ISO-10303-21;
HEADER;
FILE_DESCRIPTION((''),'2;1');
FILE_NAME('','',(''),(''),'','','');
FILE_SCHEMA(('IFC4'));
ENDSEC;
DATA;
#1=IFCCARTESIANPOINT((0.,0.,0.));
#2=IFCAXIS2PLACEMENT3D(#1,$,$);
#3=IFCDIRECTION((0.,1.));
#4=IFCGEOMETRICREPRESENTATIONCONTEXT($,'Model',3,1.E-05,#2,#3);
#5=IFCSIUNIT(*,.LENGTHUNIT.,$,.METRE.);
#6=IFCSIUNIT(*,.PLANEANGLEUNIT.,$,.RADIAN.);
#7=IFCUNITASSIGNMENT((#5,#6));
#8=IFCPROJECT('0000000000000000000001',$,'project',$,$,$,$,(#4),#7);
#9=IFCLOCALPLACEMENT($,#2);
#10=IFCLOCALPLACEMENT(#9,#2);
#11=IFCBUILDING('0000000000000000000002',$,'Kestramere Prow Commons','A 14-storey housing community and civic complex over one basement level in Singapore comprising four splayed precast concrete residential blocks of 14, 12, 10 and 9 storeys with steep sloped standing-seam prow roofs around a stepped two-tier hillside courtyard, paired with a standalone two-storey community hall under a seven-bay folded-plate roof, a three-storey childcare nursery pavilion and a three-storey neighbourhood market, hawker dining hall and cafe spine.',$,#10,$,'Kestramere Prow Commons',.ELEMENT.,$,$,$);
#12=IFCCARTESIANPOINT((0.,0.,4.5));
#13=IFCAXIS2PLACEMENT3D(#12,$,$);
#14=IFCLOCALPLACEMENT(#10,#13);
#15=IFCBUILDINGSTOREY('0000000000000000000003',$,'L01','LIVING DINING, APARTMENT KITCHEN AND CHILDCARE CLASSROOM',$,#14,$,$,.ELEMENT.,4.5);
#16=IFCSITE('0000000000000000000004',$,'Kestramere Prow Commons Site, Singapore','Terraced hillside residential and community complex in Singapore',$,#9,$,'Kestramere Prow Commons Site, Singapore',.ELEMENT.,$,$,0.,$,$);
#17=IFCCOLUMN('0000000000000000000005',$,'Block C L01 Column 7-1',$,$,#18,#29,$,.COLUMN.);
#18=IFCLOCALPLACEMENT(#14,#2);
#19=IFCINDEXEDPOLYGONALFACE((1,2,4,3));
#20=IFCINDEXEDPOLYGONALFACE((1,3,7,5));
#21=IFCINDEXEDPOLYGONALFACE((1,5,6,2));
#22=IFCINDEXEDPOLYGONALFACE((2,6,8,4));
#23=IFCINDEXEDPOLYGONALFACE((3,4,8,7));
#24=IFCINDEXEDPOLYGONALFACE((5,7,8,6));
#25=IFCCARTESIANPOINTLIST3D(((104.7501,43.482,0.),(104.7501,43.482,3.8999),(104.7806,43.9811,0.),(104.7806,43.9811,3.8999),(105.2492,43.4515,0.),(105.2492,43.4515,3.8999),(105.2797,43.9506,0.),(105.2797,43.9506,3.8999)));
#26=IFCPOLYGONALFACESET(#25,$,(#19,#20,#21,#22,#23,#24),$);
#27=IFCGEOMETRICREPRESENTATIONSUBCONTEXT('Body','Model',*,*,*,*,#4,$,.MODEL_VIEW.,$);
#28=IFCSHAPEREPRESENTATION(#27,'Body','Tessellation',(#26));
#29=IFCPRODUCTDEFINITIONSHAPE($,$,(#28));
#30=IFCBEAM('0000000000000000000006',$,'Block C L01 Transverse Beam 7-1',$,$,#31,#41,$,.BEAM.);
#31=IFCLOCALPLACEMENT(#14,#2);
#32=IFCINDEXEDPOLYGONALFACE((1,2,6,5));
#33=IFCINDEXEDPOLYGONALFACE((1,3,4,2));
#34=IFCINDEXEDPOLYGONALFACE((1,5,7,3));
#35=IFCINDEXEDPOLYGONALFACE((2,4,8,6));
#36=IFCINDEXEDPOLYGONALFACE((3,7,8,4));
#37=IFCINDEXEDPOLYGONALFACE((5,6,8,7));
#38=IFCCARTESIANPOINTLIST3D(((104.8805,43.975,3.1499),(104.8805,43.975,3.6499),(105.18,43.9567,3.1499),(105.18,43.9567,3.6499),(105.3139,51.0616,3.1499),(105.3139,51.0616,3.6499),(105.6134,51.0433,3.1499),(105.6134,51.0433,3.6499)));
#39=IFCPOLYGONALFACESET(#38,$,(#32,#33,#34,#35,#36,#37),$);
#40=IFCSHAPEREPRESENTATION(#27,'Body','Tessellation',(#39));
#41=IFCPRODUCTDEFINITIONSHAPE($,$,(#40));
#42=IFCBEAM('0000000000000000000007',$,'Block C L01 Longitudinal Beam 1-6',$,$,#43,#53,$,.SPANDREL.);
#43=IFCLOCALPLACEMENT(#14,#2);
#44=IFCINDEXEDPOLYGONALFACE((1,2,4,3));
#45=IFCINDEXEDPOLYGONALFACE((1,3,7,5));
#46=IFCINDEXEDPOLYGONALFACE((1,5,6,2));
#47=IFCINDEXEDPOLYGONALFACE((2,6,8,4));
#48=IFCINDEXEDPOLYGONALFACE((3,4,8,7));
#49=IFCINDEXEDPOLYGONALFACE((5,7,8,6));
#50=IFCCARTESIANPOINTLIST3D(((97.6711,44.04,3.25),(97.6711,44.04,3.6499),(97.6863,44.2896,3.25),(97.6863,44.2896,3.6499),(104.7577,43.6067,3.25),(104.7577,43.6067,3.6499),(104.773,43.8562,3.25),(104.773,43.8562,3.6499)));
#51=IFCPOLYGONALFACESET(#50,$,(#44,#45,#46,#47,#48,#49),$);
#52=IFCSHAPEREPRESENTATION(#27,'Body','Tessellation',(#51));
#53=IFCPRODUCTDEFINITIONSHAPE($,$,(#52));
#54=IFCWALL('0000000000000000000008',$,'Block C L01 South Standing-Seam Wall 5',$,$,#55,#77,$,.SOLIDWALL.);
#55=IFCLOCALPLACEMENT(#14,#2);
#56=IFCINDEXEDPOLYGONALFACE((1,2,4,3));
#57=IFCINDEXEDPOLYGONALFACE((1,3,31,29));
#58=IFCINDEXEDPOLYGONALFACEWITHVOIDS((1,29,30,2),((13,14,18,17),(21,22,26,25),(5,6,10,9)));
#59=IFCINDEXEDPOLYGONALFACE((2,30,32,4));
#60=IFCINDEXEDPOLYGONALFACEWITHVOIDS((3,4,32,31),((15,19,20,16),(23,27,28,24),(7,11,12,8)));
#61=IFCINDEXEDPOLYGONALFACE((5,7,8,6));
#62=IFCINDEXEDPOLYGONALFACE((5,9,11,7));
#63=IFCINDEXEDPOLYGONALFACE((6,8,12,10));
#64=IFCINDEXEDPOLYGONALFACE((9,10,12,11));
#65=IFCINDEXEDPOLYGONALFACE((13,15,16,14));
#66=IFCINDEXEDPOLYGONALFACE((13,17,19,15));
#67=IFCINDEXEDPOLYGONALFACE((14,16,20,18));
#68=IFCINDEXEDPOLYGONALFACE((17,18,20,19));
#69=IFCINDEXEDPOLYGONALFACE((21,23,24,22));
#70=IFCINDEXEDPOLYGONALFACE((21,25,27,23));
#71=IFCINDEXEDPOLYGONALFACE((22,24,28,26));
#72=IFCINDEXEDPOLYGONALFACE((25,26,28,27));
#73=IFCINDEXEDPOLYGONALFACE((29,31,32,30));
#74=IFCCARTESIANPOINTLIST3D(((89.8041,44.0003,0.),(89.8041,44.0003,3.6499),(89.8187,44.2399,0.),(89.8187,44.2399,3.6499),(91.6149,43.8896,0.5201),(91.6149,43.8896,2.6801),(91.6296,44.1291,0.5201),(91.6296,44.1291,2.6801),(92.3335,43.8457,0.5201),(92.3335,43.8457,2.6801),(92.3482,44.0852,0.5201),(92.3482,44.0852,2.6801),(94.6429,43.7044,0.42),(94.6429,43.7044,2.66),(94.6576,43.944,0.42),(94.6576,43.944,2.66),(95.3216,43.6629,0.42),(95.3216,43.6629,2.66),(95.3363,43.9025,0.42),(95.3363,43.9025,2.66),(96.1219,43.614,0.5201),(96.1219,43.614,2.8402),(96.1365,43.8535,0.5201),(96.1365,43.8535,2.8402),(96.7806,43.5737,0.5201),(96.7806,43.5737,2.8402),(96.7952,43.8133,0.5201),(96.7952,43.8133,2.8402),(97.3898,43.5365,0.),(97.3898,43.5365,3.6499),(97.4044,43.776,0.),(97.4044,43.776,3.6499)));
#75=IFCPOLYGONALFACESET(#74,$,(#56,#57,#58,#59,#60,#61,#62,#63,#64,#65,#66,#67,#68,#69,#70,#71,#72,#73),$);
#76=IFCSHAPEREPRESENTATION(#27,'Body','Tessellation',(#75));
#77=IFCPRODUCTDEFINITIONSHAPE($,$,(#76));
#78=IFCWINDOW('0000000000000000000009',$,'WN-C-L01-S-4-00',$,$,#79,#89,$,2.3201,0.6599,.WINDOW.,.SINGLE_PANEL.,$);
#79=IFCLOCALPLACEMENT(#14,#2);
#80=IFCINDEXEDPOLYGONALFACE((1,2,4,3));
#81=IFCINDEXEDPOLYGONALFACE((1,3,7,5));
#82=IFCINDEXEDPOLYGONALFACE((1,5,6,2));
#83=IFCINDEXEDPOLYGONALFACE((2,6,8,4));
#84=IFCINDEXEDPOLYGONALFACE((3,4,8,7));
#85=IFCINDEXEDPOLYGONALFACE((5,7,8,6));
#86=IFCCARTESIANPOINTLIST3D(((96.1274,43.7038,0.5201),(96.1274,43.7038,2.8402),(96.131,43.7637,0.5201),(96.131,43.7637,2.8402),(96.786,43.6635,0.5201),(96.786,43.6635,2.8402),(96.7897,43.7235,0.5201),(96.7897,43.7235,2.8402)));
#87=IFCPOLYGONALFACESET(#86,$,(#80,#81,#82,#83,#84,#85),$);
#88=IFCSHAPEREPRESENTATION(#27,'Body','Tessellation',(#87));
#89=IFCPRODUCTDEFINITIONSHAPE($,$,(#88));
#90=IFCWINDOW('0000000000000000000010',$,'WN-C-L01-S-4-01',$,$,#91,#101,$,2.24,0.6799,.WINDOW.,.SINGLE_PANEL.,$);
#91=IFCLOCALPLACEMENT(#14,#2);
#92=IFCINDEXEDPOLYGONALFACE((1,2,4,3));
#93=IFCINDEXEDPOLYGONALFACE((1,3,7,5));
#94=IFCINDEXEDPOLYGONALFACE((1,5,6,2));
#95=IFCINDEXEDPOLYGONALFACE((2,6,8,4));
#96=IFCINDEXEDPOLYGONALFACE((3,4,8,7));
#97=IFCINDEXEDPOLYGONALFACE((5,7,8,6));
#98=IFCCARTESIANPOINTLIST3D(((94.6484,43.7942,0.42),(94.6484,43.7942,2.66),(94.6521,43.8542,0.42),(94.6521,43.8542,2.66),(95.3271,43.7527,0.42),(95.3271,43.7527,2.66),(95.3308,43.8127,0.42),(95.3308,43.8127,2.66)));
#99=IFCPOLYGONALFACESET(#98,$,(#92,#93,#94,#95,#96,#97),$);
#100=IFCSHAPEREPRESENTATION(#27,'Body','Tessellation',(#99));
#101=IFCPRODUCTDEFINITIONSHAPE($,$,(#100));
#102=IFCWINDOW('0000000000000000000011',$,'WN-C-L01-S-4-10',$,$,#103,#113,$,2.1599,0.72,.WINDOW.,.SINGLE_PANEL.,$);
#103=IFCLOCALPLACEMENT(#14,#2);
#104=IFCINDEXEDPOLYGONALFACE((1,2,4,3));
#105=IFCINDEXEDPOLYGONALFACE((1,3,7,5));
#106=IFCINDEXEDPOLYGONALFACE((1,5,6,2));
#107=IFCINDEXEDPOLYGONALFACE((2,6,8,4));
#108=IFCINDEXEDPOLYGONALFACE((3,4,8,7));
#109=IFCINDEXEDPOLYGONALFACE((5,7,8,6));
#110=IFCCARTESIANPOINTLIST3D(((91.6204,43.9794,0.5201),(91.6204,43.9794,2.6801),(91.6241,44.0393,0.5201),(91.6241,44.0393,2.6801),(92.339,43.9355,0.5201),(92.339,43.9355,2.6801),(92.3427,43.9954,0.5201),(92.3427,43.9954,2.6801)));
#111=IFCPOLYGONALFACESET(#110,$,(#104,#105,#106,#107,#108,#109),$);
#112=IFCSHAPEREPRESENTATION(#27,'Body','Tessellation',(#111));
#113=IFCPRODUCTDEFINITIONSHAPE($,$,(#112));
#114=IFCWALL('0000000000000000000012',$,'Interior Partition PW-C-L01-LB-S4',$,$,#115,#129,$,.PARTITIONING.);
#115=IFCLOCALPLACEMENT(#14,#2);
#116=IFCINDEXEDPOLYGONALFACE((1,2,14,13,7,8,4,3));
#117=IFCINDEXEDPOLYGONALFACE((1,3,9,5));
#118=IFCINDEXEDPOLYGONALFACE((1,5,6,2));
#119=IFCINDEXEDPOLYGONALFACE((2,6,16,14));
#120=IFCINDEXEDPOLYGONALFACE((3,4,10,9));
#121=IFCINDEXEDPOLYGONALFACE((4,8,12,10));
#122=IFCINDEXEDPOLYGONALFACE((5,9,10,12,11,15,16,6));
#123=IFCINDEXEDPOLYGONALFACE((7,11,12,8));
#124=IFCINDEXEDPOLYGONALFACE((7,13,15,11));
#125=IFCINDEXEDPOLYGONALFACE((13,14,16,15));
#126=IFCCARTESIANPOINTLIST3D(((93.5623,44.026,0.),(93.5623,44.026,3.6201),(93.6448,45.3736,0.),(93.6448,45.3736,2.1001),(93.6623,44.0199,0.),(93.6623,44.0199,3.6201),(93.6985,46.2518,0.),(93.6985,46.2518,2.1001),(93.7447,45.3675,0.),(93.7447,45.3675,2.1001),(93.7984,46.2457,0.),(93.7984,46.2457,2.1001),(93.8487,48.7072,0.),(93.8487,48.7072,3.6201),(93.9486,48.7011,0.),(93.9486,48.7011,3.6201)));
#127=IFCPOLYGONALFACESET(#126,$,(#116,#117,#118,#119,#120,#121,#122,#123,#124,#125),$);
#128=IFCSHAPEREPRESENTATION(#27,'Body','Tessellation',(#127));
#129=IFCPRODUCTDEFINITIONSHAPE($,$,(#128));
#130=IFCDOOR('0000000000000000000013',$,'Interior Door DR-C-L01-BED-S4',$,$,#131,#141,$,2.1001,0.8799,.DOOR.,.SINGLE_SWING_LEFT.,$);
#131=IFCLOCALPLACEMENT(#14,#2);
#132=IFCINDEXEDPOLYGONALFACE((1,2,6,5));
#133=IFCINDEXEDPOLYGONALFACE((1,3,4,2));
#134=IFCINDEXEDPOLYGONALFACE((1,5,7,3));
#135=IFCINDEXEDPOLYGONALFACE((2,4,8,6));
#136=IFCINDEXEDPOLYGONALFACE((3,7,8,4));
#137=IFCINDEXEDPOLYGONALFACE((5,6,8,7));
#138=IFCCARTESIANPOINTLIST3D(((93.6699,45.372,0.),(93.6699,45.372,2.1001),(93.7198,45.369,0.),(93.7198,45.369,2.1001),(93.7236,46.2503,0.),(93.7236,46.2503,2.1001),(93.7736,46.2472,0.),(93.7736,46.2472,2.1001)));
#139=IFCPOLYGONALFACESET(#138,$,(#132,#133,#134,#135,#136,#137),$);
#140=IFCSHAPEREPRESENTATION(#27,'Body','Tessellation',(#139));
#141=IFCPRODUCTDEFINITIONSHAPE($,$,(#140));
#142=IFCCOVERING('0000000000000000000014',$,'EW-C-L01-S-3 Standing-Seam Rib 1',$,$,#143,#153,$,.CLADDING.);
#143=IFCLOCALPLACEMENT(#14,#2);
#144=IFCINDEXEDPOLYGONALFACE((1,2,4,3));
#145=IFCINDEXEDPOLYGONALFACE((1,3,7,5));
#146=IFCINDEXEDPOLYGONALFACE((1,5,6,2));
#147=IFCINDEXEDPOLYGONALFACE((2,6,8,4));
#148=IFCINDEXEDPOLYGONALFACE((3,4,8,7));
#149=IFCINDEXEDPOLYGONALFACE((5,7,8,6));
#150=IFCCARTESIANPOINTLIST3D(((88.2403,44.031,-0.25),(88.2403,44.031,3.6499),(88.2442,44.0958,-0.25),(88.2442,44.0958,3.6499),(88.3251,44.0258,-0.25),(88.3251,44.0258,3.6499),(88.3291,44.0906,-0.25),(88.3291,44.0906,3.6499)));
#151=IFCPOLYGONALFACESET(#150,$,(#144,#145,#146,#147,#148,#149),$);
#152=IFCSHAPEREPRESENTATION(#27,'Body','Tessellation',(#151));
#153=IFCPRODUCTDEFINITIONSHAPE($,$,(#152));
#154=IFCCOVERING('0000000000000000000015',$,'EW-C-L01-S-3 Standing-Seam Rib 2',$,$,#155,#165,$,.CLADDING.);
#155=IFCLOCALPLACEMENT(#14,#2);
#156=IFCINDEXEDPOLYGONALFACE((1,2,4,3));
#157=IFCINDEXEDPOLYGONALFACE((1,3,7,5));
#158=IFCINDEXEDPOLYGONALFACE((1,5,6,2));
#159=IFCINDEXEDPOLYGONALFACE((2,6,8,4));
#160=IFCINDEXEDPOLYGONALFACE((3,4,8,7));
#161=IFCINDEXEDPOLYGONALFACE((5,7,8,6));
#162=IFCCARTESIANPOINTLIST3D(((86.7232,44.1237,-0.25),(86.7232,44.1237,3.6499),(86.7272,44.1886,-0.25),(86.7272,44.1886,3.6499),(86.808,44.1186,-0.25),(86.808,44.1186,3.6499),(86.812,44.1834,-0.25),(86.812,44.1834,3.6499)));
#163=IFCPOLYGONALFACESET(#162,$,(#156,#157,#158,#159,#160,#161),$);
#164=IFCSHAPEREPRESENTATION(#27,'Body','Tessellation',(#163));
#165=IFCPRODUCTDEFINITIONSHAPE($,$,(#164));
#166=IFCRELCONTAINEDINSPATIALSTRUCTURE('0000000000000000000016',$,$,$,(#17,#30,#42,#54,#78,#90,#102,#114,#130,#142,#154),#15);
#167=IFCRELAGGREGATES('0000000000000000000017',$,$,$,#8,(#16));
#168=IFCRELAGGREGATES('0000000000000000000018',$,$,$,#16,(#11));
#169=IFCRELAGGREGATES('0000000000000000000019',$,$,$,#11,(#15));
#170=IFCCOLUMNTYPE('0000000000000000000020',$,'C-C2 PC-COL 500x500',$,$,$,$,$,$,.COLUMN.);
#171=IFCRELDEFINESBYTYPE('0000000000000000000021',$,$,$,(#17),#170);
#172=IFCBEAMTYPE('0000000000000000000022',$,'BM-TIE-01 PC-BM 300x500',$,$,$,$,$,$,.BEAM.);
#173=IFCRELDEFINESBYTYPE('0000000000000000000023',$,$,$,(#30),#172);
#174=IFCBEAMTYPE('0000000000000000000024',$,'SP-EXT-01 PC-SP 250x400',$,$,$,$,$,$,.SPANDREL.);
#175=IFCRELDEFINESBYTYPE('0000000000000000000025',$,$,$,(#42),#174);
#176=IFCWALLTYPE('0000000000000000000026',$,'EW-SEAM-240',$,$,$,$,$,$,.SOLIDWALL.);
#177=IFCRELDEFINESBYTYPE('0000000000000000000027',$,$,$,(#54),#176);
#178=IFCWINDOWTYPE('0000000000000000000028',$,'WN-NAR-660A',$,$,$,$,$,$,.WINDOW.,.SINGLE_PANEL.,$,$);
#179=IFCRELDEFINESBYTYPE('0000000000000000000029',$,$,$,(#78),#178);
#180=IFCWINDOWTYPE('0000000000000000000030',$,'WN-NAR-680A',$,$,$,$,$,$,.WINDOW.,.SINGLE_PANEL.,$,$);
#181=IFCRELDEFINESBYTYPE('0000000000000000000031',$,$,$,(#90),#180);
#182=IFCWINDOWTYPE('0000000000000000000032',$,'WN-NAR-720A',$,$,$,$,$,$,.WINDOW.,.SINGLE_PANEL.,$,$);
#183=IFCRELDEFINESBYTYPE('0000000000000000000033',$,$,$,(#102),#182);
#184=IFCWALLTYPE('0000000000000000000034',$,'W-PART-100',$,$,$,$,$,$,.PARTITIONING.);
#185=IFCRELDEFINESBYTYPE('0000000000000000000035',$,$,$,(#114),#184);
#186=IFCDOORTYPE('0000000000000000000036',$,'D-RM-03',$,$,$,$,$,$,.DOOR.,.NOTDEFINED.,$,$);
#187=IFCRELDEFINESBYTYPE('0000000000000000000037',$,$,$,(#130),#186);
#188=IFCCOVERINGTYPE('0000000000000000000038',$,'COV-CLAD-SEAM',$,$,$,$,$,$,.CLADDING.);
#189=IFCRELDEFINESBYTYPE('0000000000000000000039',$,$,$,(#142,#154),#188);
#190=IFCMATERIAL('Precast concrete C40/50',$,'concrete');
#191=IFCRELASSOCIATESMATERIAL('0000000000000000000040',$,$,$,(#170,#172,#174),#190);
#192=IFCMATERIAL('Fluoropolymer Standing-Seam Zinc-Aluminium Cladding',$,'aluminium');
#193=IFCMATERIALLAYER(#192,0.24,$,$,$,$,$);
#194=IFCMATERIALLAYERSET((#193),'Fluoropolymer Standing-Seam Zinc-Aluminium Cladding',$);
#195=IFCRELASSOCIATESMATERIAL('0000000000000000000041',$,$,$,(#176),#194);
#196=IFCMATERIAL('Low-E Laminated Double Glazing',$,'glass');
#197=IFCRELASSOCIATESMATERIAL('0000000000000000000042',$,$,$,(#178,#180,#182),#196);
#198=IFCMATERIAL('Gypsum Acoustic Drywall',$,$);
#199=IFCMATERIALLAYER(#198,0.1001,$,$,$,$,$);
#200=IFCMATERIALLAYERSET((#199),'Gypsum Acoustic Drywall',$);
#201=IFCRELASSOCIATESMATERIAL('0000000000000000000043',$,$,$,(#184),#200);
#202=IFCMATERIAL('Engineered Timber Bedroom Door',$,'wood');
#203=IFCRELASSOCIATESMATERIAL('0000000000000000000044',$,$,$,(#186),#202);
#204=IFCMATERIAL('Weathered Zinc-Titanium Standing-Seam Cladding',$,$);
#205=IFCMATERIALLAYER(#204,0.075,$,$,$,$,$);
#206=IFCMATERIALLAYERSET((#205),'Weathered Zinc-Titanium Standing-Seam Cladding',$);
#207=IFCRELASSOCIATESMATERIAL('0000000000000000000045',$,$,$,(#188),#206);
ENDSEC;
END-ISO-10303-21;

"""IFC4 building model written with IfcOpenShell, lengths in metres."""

from ifc_helpers import new_model, si_unit, direction, frame, frame_2d, origin, origin_2d, place, context, subcontext, project, spatial, rectangle, extrude, material, layer, layer_set, material_profile, profile_set, type_object, element, fill, save


model = new_model("IFC4")

# Units and contexts
model_context = context("Model", 3, precision=1e-05, world=origin(), true_north=direction((0.0, 1.0)))
body_context = subcontext(model_context, "Body", "Model", "MODEL_VIEW")
ifc_project = project(units=[si_unit("LENGTHUNIT", "METRE"), si_unit("PLANEANGLEUNIT", "RADIAN")], contexts=[model_context])

# Site, building, storey
site_placement = place(None, origin())
site = spatial("IfcSite", under=ifc_project, at=site_placement, Name="Kestramere Prow Commons Site, Singapore", Description="Terraced hillside residential and community complex in Singapore", LongName="Kestramere Prow Commons Site, Singapore", CompositionType="ELEMENT", RefElevation=0.0)
building_placement = place(site_placement, origin())
building = spatial("IfcBuilding", under=site, at=building_placement, Name="Kestramere Prow Commons", Description="A 14-storey housing community and civic complex over one basement level in Singapore comprising four splayed precast concrete residential blocks of 14, 12, 10 and 9 storeys with steep sloped standing-seam prow roofs around a stepped two-tier hillside courtyard, paired with a standalone two-storey community hall under a seven-bay folded-plate roof, a three-storey childcare nursery pavilion and a three-storey neighbourhood market, hawker dining hall and cafe spine.", LongName="Kestramere Prow Commons", CompositionType="ELEMENT")
storey_placement = place(building_placement, frame((0.0, 0.0, 4.5)))
storey = spatial("IfcBuildingStorey", under=building, at=storey_placement, Name="L01", Description="LIVING DINING, APARTMENT KITCHEN AND CHILDCARE CLASSROOM", CompositionType="ELEMENT", Elevation=4.5)

# Column
ifc_material_1 = material(Name="Precast concrete C40/50", Category="concrete")
ifc_material_profile_1 = material_profile(ifc_material_1, rectangle(XDim=0.5, YDim=0.5, at=origin_2d()), Name="PC-COL 500x500")
ifc_profile_set_1 = profile_set([ifc_material_profile_1], Name="Precast concrete C40/50")
column_type = type_object("IfcColumnType", Name="C-C2 PC-COL 500x500", PredefinedType="COLUMN", material=ifc_profile_set_1)
column_placement = place(storey_placement, frame((105.0149, 43.7163, 0.0), z_axis=(0.0, 0.0, 1.0), x_axis=(0.998135, -0.061049, 0.0)))
element("IfcColumn", 1, at=column_placement, inside=storey, type_object=column_type, Name="Block C L01 Column 7-1", PredefinedType="COLUMN", context=body_context, shape_type="SweptSolid", body=[
    extrude(rectangle(XDim=0.5, YDim=0.5, at=origin_2d()), origin(), (0.0, 0.0, 1.0), 3.8999),
])

# Beams
ifc_material_profile_2 = material_profile(ifc_material_1, rectangle(XDim=0.3, YDim=0.5, at=origin_2d()), Name="PC-BM 300x500")
ifc_profile_set_2 = profile_set([ifc_material_profile_2], Name="Precast concrete C40/50")
beam_type_1 = type_object("IfcBeamType", Name="BM-TIE-01 PC-BM 300x500", PredefinedType="BEAM", material=ifc_profile_set_2)
beam_1_placement = place(storey_placement, frame((105.0303, 43.9658, 3.3999), z_axis=(0.061036, 0.998136, 0.0), x_axis=(-0.998136, 0.061036, 0.0)))
element("IfcBeam", 2, at=beam_1_placement, inside=storey, type_object=beam_type_1, Name="Block C L01 Transverse Beam 7-1", PredefinedType="BEAM", context=body_context, shape_type="SweptSolid", body=[
    extrude(rectangle(XDim=0.3, YDim=0.5, at=origin_2d()), origin(), (0.0, 0.0, 1.0), 7.0999),
])
ifc_material_profile_3 = material_profile(ifc_material_1, rectangle(XDim=0.25, YDim=0.3999, at=origin_2d()), Name="PC-SP 250x400")
ifc_profile_set_3 = profile_set([ifc_material_profile_3], Name="Precast concrete C40/50")
beam_type_2 = type_object("IfcBeamType", Name="SP-EXT-01 PC-SP 250x400", PredefinedType="SPANDREL", material=ifc_profile_set_3)
beam_2_placement = place(storey_placement, frame((97.6787, 44.1648, 3.45), z_axis=(0.998136, -0.061036, 0.0), x_axis=(0.061036, 0.998136, 0.0)))
element("IfcBeam", 3, at=beam_2_placement, inside=storey, type_object=beam_type_2, Name="Block C L01 Longitudinal Beam 1-6", PredefinedType="SPANDREL", context=body_context, shape_type="SweptSolid", body=[
    extrude(rectangle(XDim=0.25, YDim=0.3999, at=origin_2d()), origin(), (0.0, 0.0, 1.0), 7.0999),
])

# Shared definitions
ifc_material_2 = material(Name="Fluoropolymer Standing-Seam Zinc-Aluminium Cladding", Category="aluminium")
ifc_layer_1 = layer(ifc_material_2, 0.24)
ifc_layer_set_1 = layer_set([ifc_layer_1], Name="Fluoropolymer Standing-Seam Zinc-Aluminium Cladding")
wall_type_1 = type_object("IfcWallType", Name="EW-SEAM-240", PredefinedType="SOLIDWALL", material=ifc_layer_set_1)
ifc_material_3 = material(Name="Low-E Laminated Double Glazing", Category="glass")

# Wall, openings, windows
wall_1_placement = place(storey_placement, frame((97.397, 43.6562, 0.0), z_axis=(0.0, 0.0, 1.0), x_axis=(-0.998136, 0.061036, 0.0)))
wall_1 = element("IfcWall", 4, at=wall_1_placement, inside=storey, type_object=wall_type_1, Name="Block C L01 South Standing-Seam Wall 5", PredefinedType="SOLIDWALL", context=body_context, shape_type="SweptSolid", body=[
    extrude(rectangle(XDim=7.5999, YDim=0.24, at=frame_2d((3.7998, 0.0))), origin(), (0.0, 0.0, 1.0), 3.6499),
])
opening_1_placement = place(wall_1_placement, frame((0.6101, 0.0, 0.52)))
opening_1 = element("IfcOpeningElement", 5, at=opening_1_placement, cuts=wall_1, PredefinedType="OPENING", context=body_context, shape_type="SweptSolid", body=[
    extrude(rectangle(XDim=0.6599, YDim=2.3201, at=frame_2d((0.3301, 1.1602))), frame((0.0, 0.135, 0.0), z_axis=(0.0, -1.0, 0.0), x_axis=(1.0, 0.0, 0.0)), (0.0, 0.0, 1.0), 0.27),
])
opening_2_placement = place(wall_1_placement, frame((2.072, 0.0, 0.4199)))
opening_2 = element("IfcOpeningElement", 6, at=opening_2_placement, cuts=wall_1, PredefinedType="OPENING", context=body_context, shape_type="SweptSolid", body=[
    extrude(rectangle(XDim=0.6799, YDim=2.24, at=frame_2d((0.3398, 1.1201))), frame((0.0, 0.135, 0.0), z_axis=(0.0, -1.0, 0.0), x_axis=(1.0, 0.0, 0.0)), (0.0, 0.0, 1.0), 0.27),
])
opening_3_placement = place(wall_1_placement, frame((5.0657, 0.0, 0.52)))
opening_3 = element("IfcOpeningElement", 7, at=opening_3_placement, cuts=wall_1, PredefinedType="OPENING", context=body_context, shape_type="SweptSolid", body=[
    extrude(rectangle(XDim=0.72, YDim=2.1599, at=frame_2d((0.3599, 1.0801))), frame((0.0, 0.135, 0.0), z_axis=(0.0, -1.0, 0.0), x_axis=(1.0, 0.0, 0.0)), (0.0, 0.0, 1.0), 0.27),
])
window_type_1 = type_object("IfcWindowType", Name="WN-NAR-660A", PartitioningType="SINGLE_PANEL", PredefinedType="WINDOW", material=ifc_material_3)
window_1_placement = place(opening_1_placement, origin())
window_1 = element("IfcWindow", 8, at=window_1_placement, inside=storey, type_object=window_type_1, Name="WN-C-L01-S-4-00", OverallHeight=2.3201, OverallWidth=0.6599, PartitioningType="SINGLE_PANEL", PredefinedType="WINDOW", context=body_context, shape_type="SweptSolid", body=[
    extrude(rectangle(XDim=0.6599, YDim=2.3201, at=frame_2d((0.3301, 1.1602))), frame((0.0, 0.03, 0.0), z_axis=(0.0, -1.0, 0.0), x_axis=(1.0, 0.0, 0.0)), (0.0, 0.0, 1.0), 0.0601),
])
fill(opening_1, window_1)
window_type_2 = type_object("IfcWindowType", Name="WN-NAR-680A", PartitioningType="SINGLE_PANEL", PredefinedType="WINDOW", material=ifc_material_3)
window_2_placement = place(opening_2_placement, origin())
window_2 = element("IfcWindow", 9, at=window_2_placement, inside=storey, type_object=window_type_2, Name="WN-C-L01-S-4-01", OverallHeight=2.24, OverallWidth=0.6799, PartitioningType="SINGLE_PANEL", PredefinedType="WINDOW", context=body_context, shape_type="SweptSolid", body=[
    extrude(rectangle(XDim=0.6799, YDim=2.24, at=frame_2d((0.3398, 1.1201))), frame((0.0, 0.03, 0.0), z_axis=(0.0, -1.0, 0.0), x_axis=(1.0, 0.0, 0.0)), (0.0, 0.0, 1.0), 0.0601),
])
fill(opening_2, window_2)
window_type_3 = type_object("IfcWindowType", Name="WN-NAR-720A", PartitioningType="SINGLE_PANEL", PredefinedType="WINDOW", material=ifc_material_3)
window_3_placement = place(opening_3_placement, origin())
window_3 = element("IfcWindow", 10, at=window_3_placement, inside=storey, type_object=window_type_3, Name="WN-C-L01-S-4-10", OverallHeight=2.1599, OverallWidth=0.72, PartitioningType="SINGLE_PANEL", PredefinedType="WINDOW", context=body_context, shape_type="SweptSolid", body=[
    extrude(rectangle(XDim=0.72, YDim=2.1599, at=frame_2d((0.3599, 1.0801))), frame((0.0, 0.03, 0.0), z_axis=(0.0, -1.0, 0.0), x_axis=(1.0, 0.0, 0.0)), (0.0, 0.0, 1.0), 0.0601),
])
fill(opening_3, window_3)

# Wall, opening, door
ifc_material_4 = material(Name="Gypsum Acoustic Drywall")
ifc_layer_2 = layer(ifc_material_4, 0.1001)
ifc_layer_set_2 = layer_set([ifc_layer_2], Name="Gypsum Acoustic Drywall")
wall_type_2 = type_object("IfcWallType", Name="W-PART-100", PredefinedType="PARTITIONING", material=ifc_layer_set_2)
wall_2_placement = place(storey_placement, frame((93.6123, 44.0229, 0.0), z_axis=(0.0, 0.0, 1.0), x_axis=(0.061062, 0.998134, 0.0)))
wall_2 = element("IfcWall", 11, at=wall_2_placement, inside=storey, type_object=wall_type_2, Name="Interior Partition PW-C-L01-LB-S4", PredefinedType="PARTITIONING", context=body_context, shape_type="SweptSolid", body=[
    extrude(rectangle(XDim=4.6899, YDim=0.1001, at=frame_2d((2.345, 0.0))), origin(), (0.0, 0.0, 1.0), 3.6201),
])
opening_4_placement = place(wall_2_placement, frame((1.3501, 0.0, 0.0)))
opening_4 = element("IfcOpeningElement", 12, at=opening_4_placement, cuts=wall_2, PredefinedType="OPENING", context=body_context, shape_type="SweptSolid", body=[
    extrude(rectangle(XDim=0.8799, YDim=2.1001, at=frame_2d((0.4399, 1.05))), frame((0.0, 0.0649, 0.0), z_axis=(0.0, -1.0, 0.0), x_axis=(1.0, 0.0, 0.0)), (0.0, 0.0, 1.0), 0.1301),
])
ifc_material_5 = material(Name="Engineered Timber Bedroom Door", Category="wood")
door_type_1 = type_object("IfcDoorType", Name="D-RM-03", OperationType="NOTDEFINED", PredefinedType="DOOR", material=ifc_material_5)
door_1_placement = place(opening_4_placement, origin())
door_1 = element("IfcDoor", 13, at=door_1_placement, inside=storey, type_object=door_type_1, Name="Interior Door DR-C-L01-BED-S4", OperationType="SINGLE_SWING_LEFT", OverallHeight=2.1001, OverallWidth=0.8799, PredefinedType="DOOR", context=body_context, shape_type="SweptSolid", body=[
    extrude(rectangle(XDim=0.8799, YDim=2.1001, at=frame_2d((0.4399, 1.05))), frame((0.0, 0.0249, 0.0), z_axis=(0.0, -1.0, 0.0), x_axis=(1.0, 0.0, 0.0)), (0.0, 0.0, 1.0), 0.05),
])
fill(opening_4, door_1)

# Coverings
ifc_material_6 = material(Name="Weathered Zinc-Titanium Standing-Seam Cladding")
ifc_layer_3 = layer(ifc_material_6, 0.075)
ifc_layer_set_3 = layer_set([ifc_layer_3], Name="Weathered Zinc-Titanium Standing-Seam Cladding")
covering_type = type_object("IfcCoveringType", Name="COV-CLAD-SEAM", PredefinedType="CLADDING", material=ifc_layer_set_3)
for number, where, z_axis, x_axis, name in (
    (14, (88.2847, 44.0608, -0.25), (0.0, 0.0, 1.0), (-0.998135, 0.061049, 0.0), "EW-C-L01-S-3 Standing-Seam Rib 1"),
    (15, (86.7676, 44.1536, -0.25), (0.0, 0.0, 1.0), (-0.998135, 0.061049, 0.0), "EW-C-L01-S-3 Standing-Seam Rib 2"),
):
    element("IfcCovering", number, at=place(storey_placement, frame(where, z_axis=z_axis, x_axis=x_axis)), inside=storey, type_object=covering_type, Name=name, PredefinedType="CLADDING", context=body_context, shape_type="SweptSolid", body=[
        extrude(rectangle(XDim=0.085, YDim=0.0649, at=origin_2d()), origin(), (0.0, 0.0, 1.0), 3.8999),
    ])

save(model, "model.ifc")
